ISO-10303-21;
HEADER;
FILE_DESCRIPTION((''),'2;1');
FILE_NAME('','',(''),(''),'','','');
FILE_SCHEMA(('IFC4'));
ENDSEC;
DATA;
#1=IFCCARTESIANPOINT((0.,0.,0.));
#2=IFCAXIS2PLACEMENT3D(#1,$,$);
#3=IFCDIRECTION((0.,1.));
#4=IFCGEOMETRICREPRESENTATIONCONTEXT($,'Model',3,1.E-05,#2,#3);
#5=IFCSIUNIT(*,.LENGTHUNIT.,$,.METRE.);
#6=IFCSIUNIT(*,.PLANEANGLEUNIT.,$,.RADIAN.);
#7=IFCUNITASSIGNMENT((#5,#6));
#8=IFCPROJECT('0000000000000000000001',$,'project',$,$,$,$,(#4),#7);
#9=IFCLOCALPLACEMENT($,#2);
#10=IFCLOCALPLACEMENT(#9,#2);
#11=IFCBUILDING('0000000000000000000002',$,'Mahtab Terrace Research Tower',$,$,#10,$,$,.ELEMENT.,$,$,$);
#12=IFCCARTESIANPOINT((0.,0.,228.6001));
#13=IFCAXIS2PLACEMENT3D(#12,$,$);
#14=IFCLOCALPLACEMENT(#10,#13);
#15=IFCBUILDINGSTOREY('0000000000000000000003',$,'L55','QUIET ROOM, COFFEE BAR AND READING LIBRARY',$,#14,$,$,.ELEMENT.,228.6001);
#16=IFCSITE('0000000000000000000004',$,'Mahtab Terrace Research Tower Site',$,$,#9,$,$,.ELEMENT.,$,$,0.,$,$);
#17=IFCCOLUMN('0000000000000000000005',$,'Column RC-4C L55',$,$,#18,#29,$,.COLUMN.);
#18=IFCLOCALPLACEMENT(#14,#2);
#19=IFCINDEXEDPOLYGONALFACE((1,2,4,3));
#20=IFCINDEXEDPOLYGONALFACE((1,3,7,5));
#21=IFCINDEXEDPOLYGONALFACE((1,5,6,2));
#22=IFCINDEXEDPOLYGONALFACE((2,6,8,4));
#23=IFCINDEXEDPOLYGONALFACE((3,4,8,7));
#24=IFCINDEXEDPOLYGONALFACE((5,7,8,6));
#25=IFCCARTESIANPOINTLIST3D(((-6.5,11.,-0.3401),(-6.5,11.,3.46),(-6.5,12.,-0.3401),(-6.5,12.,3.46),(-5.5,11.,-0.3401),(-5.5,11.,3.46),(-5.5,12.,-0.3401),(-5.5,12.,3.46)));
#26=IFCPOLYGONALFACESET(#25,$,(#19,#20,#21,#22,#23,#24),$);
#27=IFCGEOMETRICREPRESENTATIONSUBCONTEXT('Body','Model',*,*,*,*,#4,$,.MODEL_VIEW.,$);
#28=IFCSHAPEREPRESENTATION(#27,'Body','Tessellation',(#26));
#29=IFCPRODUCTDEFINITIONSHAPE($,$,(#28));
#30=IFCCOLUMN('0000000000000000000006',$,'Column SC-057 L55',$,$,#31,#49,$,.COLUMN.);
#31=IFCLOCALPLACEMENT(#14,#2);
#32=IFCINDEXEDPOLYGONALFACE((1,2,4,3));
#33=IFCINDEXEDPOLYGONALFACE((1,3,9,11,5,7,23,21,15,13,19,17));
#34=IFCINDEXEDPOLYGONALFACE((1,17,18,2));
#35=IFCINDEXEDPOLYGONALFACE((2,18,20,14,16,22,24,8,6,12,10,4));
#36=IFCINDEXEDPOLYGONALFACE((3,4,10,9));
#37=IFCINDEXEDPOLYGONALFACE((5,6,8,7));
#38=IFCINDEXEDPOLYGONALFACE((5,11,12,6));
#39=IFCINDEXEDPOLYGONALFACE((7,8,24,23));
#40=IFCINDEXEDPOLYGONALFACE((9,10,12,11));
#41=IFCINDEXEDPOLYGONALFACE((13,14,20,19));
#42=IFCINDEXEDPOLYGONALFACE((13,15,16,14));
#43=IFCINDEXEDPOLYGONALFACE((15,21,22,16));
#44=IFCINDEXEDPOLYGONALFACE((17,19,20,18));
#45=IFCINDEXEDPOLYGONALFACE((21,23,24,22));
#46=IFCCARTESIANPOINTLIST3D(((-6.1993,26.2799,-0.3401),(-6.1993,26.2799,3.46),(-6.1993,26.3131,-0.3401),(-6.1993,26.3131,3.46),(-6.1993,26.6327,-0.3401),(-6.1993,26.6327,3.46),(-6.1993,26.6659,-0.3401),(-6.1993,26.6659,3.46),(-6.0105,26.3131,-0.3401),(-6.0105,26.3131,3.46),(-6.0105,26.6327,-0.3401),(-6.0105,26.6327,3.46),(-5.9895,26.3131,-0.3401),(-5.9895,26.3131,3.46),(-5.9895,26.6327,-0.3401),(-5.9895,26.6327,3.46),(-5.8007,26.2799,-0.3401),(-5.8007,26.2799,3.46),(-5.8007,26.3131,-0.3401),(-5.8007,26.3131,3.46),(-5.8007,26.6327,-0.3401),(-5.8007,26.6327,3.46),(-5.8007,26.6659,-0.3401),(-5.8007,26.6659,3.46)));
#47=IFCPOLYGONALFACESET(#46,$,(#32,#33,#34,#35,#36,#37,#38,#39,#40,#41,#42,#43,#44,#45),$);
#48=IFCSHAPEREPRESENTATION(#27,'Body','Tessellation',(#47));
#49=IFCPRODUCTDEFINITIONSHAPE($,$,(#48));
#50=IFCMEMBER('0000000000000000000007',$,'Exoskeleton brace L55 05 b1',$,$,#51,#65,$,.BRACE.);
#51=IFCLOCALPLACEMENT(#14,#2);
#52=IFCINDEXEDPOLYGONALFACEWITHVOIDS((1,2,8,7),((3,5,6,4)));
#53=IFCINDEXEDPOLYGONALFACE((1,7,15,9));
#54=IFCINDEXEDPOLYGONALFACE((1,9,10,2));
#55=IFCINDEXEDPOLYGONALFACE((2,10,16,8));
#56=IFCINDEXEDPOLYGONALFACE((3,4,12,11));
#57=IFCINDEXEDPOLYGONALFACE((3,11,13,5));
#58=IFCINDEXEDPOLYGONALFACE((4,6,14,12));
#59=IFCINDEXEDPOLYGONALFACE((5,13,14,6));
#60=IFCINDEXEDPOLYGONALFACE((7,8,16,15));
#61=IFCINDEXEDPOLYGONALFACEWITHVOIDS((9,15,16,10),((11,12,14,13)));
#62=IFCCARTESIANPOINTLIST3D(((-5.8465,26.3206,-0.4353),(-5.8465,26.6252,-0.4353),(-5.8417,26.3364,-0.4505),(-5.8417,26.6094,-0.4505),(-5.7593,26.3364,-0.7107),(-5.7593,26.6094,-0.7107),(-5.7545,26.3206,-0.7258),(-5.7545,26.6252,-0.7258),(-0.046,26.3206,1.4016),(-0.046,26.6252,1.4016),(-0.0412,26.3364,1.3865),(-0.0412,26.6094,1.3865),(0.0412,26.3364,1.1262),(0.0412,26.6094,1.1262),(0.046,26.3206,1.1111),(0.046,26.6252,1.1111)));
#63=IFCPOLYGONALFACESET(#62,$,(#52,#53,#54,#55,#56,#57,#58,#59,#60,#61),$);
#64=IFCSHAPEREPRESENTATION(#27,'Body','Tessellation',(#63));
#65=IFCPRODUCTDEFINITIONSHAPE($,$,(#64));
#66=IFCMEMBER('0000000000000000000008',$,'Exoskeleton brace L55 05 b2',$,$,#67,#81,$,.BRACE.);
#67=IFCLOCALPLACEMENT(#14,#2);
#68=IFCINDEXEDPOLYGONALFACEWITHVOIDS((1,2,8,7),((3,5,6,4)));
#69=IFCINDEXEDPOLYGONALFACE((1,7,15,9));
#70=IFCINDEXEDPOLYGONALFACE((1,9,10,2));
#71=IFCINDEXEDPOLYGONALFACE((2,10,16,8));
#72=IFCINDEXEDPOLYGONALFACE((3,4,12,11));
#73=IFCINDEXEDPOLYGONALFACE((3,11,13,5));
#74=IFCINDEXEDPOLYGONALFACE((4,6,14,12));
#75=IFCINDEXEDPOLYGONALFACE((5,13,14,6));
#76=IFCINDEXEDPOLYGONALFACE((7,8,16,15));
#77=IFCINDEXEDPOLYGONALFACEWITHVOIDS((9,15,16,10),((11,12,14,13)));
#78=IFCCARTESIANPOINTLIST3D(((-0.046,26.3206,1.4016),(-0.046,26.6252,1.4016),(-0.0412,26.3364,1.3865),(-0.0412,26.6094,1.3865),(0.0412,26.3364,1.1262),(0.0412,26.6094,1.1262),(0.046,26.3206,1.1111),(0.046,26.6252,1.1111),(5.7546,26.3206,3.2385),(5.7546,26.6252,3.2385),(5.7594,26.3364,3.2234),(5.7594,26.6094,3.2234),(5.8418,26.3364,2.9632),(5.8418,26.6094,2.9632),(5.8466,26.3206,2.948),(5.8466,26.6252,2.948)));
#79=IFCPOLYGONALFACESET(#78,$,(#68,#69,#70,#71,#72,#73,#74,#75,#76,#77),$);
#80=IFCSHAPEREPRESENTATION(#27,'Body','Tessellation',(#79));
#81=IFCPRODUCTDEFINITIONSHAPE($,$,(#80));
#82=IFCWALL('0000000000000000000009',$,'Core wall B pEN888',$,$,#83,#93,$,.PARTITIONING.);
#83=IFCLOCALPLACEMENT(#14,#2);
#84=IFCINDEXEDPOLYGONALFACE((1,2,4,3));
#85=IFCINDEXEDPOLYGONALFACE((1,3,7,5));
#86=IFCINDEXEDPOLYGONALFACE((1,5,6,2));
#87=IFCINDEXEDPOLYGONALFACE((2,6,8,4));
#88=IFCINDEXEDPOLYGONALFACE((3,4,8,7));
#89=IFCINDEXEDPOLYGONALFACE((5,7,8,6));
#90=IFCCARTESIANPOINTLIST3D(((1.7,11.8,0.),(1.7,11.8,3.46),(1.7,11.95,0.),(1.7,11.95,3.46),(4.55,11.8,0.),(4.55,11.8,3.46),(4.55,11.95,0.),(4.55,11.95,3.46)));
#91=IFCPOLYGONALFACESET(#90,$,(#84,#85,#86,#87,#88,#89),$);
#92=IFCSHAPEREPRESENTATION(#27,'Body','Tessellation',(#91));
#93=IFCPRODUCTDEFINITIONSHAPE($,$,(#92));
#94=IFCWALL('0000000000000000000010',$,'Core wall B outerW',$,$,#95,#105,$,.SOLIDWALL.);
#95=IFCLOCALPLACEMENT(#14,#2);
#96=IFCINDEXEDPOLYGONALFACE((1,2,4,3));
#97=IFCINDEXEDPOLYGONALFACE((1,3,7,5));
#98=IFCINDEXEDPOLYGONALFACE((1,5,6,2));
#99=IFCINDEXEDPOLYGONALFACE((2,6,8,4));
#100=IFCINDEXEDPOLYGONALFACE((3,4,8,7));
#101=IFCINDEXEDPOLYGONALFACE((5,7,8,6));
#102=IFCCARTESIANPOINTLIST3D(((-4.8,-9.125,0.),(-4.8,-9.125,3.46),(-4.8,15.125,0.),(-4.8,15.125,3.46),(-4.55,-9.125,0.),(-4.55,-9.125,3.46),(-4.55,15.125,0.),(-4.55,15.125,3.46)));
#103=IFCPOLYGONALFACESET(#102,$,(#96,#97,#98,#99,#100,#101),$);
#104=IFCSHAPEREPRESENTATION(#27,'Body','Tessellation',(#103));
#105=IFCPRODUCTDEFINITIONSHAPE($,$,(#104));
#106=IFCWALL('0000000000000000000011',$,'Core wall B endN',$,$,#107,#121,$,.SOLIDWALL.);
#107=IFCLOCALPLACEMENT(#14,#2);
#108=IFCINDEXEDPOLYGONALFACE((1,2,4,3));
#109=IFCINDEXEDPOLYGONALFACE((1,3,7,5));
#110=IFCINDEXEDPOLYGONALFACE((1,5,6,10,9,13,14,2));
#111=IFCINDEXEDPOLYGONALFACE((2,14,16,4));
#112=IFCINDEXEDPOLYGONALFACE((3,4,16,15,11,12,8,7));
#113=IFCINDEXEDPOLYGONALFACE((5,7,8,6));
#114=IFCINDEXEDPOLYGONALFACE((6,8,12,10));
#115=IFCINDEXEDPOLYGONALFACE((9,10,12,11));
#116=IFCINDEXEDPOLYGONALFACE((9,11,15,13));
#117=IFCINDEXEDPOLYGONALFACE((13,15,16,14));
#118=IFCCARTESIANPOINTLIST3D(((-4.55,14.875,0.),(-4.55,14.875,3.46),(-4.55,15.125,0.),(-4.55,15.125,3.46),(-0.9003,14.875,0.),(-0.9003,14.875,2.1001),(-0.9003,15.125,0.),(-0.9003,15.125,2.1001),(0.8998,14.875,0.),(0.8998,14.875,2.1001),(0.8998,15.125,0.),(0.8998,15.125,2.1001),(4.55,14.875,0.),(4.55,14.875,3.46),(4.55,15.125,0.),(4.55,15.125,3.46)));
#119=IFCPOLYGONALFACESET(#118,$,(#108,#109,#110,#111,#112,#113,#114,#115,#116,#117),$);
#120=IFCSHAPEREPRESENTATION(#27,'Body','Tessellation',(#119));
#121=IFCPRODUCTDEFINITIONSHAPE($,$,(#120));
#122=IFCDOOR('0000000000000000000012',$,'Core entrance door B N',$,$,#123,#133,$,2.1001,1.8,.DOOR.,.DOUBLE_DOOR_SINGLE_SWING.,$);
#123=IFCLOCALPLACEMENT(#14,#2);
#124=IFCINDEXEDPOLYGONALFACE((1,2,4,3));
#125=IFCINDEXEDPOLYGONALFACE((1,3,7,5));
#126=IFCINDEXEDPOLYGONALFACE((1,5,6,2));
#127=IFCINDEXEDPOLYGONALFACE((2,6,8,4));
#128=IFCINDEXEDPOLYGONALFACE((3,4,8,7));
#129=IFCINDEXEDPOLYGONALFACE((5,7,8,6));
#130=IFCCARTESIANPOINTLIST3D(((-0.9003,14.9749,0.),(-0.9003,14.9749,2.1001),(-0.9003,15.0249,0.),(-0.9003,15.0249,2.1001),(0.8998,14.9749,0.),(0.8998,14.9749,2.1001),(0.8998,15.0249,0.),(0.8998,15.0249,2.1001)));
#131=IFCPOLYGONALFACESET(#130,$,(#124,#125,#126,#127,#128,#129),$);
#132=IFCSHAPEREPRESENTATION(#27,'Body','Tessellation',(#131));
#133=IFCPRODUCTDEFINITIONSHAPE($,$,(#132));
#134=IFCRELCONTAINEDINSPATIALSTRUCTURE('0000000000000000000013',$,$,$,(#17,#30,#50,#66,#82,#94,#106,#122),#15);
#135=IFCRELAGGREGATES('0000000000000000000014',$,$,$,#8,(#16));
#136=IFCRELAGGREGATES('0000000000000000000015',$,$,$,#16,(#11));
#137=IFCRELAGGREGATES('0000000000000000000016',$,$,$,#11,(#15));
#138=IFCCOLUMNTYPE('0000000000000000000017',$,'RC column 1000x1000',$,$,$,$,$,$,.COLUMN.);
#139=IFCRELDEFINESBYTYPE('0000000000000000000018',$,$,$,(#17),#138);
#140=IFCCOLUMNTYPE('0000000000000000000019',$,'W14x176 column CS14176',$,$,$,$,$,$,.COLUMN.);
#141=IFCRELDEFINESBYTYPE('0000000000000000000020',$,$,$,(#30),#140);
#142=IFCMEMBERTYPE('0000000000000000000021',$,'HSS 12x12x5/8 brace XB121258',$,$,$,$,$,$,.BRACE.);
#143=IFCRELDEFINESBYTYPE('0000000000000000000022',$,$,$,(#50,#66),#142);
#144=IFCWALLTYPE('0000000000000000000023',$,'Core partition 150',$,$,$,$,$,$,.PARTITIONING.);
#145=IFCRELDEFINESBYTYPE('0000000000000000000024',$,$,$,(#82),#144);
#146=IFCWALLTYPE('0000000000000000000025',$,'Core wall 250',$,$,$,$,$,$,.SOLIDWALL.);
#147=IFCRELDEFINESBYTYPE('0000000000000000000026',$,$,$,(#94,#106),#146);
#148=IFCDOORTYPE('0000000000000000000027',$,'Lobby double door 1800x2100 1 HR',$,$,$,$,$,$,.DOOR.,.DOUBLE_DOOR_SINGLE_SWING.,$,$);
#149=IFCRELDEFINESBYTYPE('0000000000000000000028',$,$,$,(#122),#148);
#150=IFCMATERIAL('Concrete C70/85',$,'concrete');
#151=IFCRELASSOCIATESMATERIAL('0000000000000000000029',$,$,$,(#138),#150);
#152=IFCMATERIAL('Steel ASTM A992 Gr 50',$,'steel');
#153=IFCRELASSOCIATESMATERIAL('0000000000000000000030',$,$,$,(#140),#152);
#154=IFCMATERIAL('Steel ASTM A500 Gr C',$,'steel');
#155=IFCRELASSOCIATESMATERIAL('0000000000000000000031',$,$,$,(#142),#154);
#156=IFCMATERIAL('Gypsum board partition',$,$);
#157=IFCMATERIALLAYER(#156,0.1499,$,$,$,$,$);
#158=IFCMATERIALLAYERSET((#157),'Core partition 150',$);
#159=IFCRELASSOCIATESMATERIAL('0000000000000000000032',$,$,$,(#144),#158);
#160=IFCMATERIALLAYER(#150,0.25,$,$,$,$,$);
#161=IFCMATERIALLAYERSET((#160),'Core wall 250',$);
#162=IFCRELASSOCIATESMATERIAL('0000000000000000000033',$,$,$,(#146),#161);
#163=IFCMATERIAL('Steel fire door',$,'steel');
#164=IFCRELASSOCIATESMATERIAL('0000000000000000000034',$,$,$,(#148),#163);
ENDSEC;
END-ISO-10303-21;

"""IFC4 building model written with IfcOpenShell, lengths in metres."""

from ifc_helpers import new_model, si_unit, direction, frame, frame_2d, origin, origin_2d, place, context, subcontext, project, spatial, rectangle, hollow_rectangle, i_section, extrude, material, layer, layer_set, material_profile, profile_set, type_object, element, fill, save


model = new_model("IFC4")

# Units and contexts
model_context = context("Model", 3, precision=1e-05, world=origin(), true_north=direction((0.0, 1.0)))
body_context = subcontext(model_context, "Body", "Model", "MODEL_VIEW")
ifc_project = project(units=[si_unit("LENGTHUNIT", "METRE"), si_unit("PLANEANGLEUNIT", "RADIAN")], contexts=[model_context])

# Site, building, storey
site_placement = place(None, origin())
site = spatial("IfcSite", under=ifc_project, at=site_placement, Name="Mahtab Terrace Research Tower Site", CompositionType="ELEMENT", RefElevation=0.0)
building_placement = place(site_placement, origin())
building = spatial("IfcBuilding", under=site, at=building_placement, Name="Mahtab Terrace Research Tower", CompositionType="ELEMENT")
storey_placement = place(building_placement, frame((0.0, 0.0, 228.6001)))
storey = spatial("IfcBuildingStorey", under=building, at=storey_placement, Name="L55", Description="QUIET ROOM, COFFEE BAR AND READING LIBRARY", CompositionType="ELEMENT", Elevation=228.6001)

# Columns
ifc_material_1 = material(Name="Concrete C70/85", Category="concrete")
ifc_material_profile_1 = material_profile(ifc_material_1, rectangle(XDim=1.0, YDim=1.0, at=origin_2d()), Name="RC column 1000x1000")
ifc_profile_set_1 = profile_set([ifc_material_profile_1], Name="Concrete C70/85")
column_type_1 = type_object("IfcColumnType", Name="RC column 1000x1000", PredefinedType="COLUMN", material=ifc_profile_set_1)
column_1_placement = place(storey_placement, frame((-6.0, 11.5, -0.3401), z_axis=(0.0, 0.0, 1.0), x_axis=(1.0, 0.0, 0.0)))
element("IfcColumn", 1, at=column_1_placement, inside=storey, type_object=column_type_1, Name="Column RC-4C L55", PredefinedType="COLUMN", context=body_context, shape_type="SweptSolid", body=[
    extrude(rectangle(XDim=1.0, YDim=1.0, at=origin_2d()), origin(), (0.0, 0.0, 1.0), 3.8),
])
ifc_material_2 = material(Name="Steel ASTM A992 Gr 50", Category="steel")
ifc_material_profile_2 = material_profile(ifc_material_2, i_section(OverallWidth=0.3987, OverallDepth=0.386, WebThickness=0.021, FlangeThickness=0.0332, at=origin_2d()), Name="W14X176")
ifc_profile_set_2 = profile_set([ifc_material_profile_2], Name="Steel ASTM A992 Gr 50")
column_type_2 = type_object("IfcColumnType", Name="W14x176 column CS14176", PredefinedType="COLUMN", material=ifc_profile_set_2)
column_2_placement = place(storey_placement, frame((-6.0, 26.4729, -0.3401), z_axis=(0.0, 0.0, 1.0), x_axis=(1.0, 0.0, 0.0)))
element("IfcColumn", 2, at=column_2_placement, inside=storey, type_object=column_type_2, Name="Column SC-057 L55", PredefinedType="COLUMN", context=body_context, shape_type="SweptSolid", body=[
    extrude(i_section(OverallWidth=0.3987, OverallDepth=0.386, WebThickness=0.021, FlangeThickness=0.0332, at=origin_2d()), origin(), (0.0, 0.0, 1.0), 3.8),
])

# Members
ifc_material_3 = material(Name="Steel ASTM A500 Gr C", Category="steel")
ifc_material_profile_3 = material_profile(ifc_material_3, hollow_rectangle(XDim=0.3047, YDim=0.3047, WallThickness=0.0159, at=origin_2d()), Name="HSS12X12X5/8")
ifc_profile_set_3 = profile_set([ifc_material_profile_3], Name="Steel ASTM A500 Gr C")
member_type = type_object("IfcMemberType", Name="HSS 12x12x5/8 brace XB121258", PredefinedType="BRACE", material=ifc_profile_set_3)
for number, where, z_axis, x_axis, name in (
    (3, (-5.8005, 26.4729, -0.5806), (0.953339, 0.0, 0.301903), (0.0, 1.0, 0.0), "Exoskeleton brace L55 05 b1"),
    (4, (0.0, 26.4729, 1.2563), (0.953339, 0.0, 0.301903), (0.0, 1.0, 0.0), "Exoskeleton brace L55 05 b2"),
):
    element("IfcMember", number, at=place(storey_placement, frame(where, z_axis=z_axis, x_axis=x_axis)), inside=storey, type_object=member_type, Name=name, PredefinedType="BRACE", context=body_context, shape_type="SweptSolid", body=[
        extrude(hollow_rectangle(XDim=0.3047, YDim=0.3047, WallThickness=0.0159, at=origin_2d()), origin(), (0.0, 0.0, 1.0), 6.0845),
    ])

# Walls
ifc_material_4 = material(Name="Gypsum board partition")
ifc_layer_1 = layer(ifc_material_4, 0.1499)
ifc_layer_set_1 = layer_set([ifc_layer_1], Name="Core partition 150")
wall_type_1 = type_object("IfcWallType", Name="Core partition 150", PredefinedType="PARTITIONING", material=ifc_layer_set_1)
wall_1_placement = place(storey_placement, frame((1.7, 11.875, 0.0), z_axis=(0.0, 0.0, 1.0), x_axis=(1.0, 0.0, 0.0)))
element("IfcWall", 5, at=wall_1_placement, inside=storey, type_object=wall_type_1, Name="Core wall B pEN888", PredefinedType="PARTITIONING", context=body_context, shape_type="SweptSolid", body=[
    extrude(rectangle(XDim=2.8501, YDim=0.1499, at=frame_2d((1.425, 0.0))), origin(), (0.0, 0.0, 1.0), 3.46),
])
ifc_layer_2 = layer(ifc_material_1, 0.25)
ifc_layer_set_2 = layer_set([ifc_layer_2], Name="Core wall 250")
wall_type_2 = type_object("IfcWallType", Name="Core wall 250", PredefinedType="SOLIDWALL", material=ifc_layer_set_2)
wall_2_placement = place(storey_placement, frame((-4.675, 15.125, 0.0), z_axis=(0.0, 0.0, 1.0), x_axis=(0.0, -1.0, 0.0)))
element("IfcWall", 6, at=wall_2_placement, inside=storey, type_object=wall_type_2, Name="Core wall B outerW", PredefinedType="SOLIDWALL", context=body_context, shape_type="SweptSolid", body=[
    extrude(rectangle(XDim=24.25, YDim=0.25, at=frame_2d((12.125, 0.0))), origin(), (0.0, 0.0, 1.0), 3.46),
])

# Wall, opening, door
wall_3_placement = place(storey_placement, frame((-4.55, 15.0, 0.0), z_axis=(0.0, 0.0, 1.0), x_axis=(1.0, 0.0, 0.0)))
wall_3 = element("IfcWall", 7, at=wall_3_placement, inside=storey, type_object=wall_type_2, Name="Core wall B endN", PredefinedType="SOLIDWALL", context=body_context, shape_type="SweptSolid", body=[
    extrude(rectangle(XDim=9.1001, YDim=0.25, at=frame_2d((4.55, 0.0))), origin(), (0.0, 0.0, 1.0), 3.46),
])
opening_1_placement = place(wall_3_placement, frame((3.6499, 0.0, 0.0)))
opening_1 = element("IfcOpeningElement", 8, at=opening_1_placement, cuts=wall_3, PredefinedType="OPENING", context=body_context, shape_type="SweptSolid", body=[
    extrude(rectangle(XDim=1.8, YDim=2.1001, at=frame_2d((0.8999, 1.05))), frame((0.0, 0.135, 0.0), z_axis=(0.0, -1.0, 0.0), x_axis=(1.0, 0.0, 0.0)), (0.0, 0.0, 1.0), 0.27),
])
ifc_material_5 = material(Name="Steel fire door", Category="steel")
door_type_1 = type_object("IfcDoorType", Name="Lobby double door 1800x2100 1 HR", OperationType="DOUBLE_DOOR_SINGLE_SWING", PredefinedType="DOOR", material=ifc_material_5)
door_1_placement = place(opening_1_placement, origin())
door_1 = element("IfcDoor", 9, at=door_1_placement, inside=storey, type_object=door_type_1, Name="Core entrance door B N", OperationType="DOUBLE_DOOR_SINGLE_SWING", OverallHeight=2.1001, OverallWidth=1.8, PredefinedType="DOOR", context=body_context, shape_type="SweptSolid", body=[
    extrude(rectangle(XDim=1.8, YDim=2.1001, at=frame_2d((0.8999, 1.05))), frame((0.0, 0.0249, 0.0), z_axis=(0.0, -1.0, 0.0), x_axis=(1.0, 0.0, 0.0)), (0.0, 0.0, 1.0), 0.05),
])
fill(opening_1, door_1)

save(model, "model.ifc")
